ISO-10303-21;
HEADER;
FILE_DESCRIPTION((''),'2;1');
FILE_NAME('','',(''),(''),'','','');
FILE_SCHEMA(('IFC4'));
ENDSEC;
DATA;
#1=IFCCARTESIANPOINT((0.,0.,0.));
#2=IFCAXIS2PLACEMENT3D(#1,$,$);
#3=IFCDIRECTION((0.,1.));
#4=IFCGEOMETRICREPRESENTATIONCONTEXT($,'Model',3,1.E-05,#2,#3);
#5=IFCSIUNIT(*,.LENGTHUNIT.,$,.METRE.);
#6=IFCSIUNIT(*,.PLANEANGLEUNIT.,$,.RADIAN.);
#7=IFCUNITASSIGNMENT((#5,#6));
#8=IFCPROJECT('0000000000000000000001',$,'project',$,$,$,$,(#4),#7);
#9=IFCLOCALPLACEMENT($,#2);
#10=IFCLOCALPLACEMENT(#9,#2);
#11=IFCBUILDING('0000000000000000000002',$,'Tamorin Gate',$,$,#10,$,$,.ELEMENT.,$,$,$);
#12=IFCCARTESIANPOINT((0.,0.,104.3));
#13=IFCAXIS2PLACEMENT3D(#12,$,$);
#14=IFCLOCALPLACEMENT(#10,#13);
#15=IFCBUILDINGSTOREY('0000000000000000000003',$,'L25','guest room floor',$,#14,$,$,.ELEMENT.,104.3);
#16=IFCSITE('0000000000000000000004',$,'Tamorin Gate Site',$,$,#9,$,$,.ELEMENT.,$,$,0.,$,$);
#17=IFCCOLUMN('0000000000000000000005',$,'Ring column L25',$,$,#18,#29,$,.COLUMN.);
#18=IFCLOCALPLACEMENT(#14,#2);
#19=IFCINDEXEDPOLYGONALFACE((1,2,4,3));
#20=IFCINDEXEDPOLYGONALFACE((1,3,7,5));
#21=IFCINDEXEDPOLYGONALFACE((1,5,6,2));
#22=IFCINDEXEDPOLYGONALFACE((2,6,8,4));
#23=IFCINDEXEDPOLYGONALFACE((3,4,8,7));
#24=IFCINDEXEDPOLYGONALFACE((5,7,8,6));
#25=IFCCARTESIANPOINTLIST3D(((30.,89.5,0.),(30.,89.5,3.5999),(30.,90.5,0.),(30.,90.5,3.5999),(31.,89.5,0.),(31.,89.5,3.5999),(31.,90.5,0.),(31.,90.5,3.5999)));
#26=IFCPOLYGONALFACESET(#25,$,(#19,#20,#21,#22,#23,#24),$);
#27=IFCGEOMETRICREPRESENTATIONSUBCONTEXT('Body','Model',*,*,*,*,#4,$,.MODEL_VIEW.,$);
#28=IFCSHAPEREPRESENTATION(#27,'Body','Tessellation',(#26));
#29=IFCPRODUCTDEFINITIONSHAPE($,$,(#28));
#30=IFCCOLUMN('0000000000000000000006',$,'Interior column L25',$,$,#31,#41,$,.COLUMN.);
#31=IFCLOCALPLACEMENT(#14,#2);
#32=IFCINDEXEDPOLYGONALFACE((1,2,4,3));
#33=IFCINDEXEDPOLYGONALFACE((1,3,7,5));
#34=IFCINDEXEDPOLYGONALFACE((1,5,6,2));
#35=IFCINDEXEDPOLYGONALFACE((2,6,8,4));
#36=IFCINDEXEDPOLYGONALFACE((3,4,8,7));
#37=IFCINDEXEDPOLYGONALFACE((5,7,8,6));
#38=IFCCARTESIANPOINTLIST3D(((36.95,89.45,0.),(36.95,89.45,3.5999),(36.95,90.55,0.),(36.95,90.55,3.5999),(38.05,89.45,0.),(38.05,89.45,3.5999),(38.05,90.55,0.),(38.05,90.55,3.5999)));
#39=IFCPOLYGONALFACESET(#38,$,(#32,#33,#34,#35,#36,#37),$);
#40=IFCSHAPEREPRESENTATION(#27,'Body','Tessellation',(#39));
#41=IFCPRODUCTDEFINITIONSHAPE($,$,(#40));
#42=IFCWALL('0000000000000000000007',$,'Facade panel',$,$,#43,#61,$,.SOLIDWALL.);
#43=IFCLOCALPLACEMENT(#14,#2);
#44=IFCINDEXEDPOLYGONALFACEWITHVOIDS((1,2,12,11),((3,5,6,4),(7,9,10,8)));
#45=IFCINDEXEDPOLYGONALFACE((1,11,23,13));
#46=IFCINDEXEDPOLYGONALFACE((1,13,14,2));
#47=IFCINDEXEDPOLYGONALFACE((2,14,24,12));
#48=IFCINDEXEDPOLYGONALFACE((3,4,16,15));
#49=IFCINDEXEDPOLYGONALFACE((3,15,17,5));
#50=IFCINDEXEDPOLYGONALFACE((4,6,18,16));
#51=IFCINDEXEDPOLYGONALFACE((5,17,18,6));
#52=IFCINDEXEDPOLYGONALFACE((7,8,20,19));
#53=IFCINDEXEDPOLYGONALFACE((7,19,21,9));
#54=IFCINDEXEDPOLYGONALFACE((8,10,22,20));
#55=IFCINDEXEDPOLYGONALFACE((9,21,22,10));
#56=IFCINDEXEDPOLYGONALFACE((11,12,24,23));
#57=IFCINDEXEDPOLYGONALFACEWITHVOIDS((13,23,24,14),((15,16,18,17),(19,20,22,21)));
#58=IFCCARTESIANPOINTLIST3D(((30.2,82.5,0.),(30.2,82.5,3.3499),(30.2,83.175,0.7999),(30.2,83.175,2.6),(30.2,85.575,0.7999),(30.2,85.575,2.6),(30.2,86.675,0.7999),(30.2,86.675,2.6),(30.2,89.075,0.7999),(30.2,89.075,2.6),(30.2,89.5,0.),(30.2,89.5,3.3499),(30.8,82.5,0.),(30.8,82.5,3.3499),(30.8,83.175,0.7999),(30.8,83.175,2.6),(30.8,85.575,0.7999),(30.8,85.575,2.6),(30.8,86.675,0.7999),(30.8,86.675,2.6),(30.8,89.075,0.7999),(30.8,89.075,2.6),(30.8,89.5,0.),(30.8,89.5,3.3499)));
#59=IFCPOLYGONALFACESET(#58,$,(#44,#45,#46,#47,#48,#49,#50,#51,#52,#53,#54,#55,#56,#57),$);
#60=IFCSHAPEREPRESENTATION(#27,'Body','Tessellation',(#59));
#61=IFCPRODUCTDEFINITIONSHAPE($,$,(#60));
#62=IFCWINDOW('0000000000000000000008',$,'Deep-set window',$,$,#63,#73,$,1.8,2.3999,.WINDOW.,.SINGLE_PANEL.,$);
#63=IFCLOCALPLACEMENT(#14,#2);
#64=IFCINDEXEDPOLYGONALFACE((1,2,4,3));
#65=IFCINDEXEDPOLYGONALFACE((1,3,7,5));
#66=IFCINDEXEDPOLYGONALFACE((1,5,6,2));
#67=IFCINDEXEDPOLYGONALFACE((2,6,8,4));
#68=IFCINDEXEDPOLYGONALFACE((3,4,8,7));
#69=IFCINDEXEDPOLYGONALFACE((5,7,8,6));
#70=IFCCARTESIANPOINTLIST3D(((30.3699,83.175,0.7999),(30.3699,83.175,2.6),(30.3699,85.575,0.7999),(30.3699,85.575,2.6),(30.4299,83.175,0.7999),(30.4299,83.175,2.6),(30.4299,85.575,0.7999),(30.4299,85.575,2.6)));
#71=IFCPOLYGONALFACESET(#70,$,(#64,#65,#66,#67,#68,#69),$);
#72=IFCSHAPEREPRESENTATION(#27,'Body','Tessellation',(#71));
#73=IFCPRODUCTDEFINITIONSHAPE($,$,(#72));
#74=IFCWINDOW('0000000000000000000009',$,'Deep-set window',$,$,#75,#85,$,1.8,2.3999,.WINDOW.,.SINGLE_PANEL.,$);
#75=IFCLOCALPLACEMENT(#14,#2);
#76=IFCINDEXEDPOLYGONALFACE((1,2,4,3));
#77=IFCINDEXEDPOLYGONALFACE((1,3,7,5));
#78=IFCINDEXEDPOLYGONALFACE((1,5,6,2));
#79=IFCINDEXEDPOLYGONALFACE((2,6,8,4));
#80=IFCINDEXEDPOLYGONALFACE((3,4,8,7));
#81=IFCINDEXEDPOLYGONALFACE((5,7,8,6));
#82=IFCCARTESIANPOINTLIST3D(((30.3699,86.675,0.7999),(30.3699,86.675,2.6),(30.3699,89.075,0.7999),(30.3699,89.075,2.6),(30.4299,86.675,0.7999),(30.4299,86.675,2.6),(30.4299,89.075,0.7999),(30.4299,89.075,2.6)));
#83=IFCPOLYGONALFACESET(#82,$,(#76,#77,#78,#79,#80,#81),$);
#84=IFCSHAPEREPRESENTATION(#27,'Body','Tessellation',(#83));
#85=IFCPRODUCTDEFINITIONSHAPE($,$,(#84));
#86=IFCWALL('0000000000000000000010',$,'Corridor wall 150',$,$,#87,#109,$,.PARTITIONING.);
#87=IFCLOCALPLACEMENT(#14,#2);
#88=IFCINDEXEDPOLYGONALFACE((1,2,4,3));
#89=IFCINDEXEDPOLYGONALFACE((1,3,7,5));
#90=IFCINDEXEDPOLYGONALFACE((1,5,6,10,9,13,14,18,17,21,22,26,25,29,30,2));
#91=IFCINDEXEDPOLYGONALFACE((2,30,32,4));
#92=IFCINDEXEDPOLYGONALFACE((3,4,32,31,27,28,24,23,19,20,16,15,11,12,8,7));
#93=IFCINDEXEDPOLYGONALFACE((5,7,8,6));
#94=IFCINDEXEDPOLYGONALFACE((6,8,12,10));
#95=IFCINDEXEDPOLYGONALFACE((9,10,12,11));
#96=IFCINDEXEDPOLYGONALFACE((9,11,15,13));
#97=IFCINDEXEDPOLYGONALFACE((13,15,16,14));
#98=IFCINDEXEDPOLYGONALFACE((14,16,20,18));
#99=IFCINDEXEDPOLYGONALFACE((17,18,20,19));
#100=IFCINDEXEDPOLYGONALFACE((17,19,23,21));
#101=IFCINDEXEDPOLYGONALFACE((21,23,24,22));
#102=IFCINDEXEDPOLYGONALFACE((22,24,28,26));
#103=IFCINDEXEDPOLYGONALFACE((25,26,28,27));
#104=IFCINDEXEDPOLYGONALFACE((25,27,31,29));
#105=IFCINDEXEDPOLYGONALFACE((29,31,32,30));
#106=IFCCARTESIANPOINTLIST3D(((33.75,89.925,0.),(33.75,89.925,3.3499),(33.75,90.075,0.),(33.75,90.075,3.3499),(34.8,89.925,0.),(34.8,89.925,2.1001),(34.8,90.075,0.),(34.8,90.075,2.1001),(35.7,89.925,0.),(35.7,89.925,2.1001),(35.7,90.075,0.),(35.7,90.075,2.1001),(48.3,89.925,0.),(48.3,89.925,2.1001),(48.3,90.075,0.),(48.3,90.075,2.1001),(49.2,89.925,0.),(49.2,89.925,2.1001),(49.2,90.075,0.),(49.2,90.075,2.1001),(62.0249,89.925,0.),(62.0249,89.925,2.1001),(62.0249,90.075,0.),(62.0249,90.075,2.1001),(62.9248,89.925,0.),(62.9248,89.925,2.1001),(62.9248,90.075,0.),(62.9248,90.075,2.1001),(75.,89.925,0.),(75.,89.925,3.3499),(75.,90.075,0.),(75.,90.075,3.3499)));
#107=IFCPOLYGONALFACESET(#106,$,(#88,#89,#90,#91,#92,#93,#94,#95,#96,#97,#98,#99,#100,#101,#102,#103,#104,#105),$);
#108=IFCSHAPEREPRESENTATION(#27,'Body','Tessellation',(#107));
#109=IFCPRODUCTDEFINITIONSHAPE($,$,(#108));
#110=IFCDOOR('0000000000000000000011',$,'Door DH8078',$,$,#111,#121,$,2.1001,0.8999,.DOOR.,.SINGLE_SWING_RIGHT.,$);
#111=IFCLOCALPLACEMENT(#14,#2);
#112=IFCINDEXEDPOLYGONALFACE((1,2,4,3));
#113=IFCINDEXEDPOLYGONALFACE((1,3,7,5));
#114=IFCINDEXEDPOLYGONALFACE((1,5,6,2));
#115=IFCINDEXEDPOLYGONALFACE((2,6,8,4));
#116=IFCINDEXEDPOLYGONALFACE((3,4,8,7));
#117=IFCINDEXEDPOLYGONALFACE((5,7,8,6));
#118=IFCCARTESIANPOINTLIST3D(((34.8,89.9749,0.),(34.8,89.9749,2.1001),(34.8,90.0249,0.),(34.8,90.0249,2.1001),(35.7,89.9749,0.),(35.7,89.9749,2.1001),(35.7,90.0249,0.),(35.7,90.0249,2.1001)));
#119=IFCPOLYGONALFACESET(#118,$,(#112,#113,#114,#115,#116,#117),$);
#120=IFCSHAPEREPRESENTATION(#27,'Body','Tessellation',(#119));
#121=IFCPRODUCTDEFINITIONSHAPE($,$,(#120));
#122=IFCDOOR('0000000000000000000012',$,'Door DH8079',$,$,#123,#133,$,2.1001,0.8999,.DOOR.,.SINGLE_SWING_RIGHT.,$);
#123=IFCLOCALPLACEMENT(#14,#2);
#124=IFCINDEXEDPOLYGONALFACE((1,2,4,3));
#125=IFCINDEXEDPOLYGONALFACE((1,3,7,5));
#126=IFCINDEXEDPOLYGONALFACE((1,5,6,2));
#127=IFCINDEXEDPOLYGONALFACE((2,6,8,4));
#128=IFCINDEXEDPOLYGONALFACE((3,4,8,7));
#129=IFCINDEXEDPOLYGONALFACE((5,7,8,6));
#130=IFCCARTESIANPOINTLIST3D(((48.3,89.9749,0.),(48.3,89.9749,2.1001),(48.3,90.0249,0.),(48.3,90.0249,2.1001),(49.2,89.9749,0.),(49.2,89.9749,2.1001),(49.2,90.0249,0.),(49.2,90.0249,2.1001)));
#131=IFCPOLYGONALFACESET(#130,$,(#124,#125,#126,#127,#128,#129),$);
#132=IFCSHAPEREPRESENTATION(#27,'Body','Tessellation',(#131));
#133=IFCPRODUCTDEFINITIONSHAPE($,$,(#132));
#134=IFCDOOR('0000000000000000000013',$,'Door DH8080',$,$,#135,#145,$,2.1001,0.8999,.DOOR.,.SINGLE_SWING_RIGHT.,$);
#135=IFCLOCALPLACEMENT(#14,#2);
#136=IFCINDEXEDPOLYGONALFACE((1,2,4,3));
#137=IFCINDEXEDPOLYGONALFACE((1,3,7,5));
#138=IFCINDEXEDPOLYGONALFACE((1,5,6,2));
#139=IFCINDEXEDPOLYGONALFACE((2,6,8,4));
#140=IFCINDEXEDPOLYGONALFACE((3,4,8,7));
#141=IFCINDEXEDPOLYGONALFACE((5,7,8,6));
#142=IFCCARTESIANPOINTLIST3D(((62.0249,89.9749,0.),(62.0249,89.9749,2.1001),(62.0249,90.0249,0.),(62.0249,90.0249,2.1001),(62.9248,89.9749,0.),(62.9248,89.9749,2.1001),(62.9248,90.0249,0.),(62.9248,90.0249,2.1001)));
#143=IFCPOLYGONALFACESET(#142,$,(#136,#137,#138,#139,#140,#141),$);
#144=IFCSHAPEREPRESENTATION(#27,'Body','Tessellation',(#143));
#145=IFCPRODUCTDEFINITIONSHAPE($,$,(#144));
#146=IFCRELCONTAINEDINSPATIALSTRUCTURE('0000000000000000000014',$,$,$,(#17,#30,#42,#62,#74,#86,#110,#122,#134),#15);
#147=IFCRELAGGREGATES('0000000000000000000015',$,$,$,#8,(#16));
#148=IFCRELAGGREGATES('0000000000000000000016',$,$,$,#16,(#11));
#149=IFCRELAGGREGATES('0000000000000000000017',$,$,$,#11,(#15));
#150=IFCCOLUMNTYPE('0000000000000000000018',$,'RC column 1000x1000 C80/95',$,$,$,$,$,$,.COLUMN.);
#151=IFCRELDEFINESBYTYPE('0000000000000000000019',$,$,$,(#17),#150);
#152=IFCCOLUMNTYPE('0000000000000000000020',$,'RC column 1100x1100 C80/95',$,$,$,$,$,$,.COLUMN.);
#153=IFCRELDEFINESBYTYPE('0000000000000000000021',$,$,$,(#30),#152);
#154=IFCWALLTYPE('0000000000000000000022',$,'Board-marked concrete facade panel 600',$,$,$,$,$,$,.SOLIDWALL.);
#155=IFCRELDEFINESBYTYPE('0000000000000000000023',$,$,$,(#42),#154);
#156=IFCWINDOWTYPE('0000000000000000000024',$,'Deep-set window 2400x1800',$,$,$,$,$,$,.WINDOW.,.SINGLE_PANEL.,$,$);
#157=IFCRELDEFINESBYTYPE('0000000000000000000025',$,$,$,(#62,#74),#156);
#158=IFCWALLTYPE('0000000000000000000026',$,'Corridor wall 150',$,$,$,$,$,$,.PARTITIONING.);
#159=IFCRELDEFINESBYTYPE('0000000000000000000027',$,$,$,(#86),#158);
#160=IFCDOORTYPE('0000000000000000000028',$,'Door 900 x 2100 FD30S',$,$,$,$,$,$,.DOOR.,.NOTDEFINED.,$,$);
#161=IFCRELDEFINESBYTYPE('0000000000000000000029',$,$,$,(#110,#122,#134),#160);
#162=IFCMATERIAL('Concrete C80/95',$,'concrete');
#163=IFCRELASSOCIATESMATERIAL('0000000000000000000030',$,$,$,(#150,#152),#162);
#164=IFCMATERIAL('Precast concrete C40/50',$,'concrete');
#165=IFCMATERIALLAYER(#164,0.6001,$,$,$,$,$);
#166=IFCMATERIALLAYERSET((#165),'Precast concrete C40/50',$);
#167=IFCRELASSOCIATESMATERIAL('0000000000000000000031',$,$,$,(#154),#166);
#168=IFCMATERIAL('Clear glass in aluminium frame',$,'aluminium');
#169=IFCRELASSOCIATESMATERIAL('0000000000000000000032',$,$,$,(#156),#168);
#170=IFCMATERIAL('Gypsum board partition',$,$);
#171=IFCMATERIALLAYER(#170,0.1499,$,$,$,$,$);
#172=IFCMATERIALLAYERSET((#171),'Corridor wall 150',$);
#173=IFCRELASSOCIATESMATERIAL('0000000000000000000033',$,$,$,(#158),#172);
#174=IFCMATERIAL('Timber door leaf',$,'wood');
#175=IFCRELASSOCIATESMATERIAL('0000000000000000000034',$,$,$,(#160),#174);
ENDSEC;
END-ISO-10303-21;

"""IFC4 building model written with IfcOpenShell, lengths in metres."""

from ifc_helpers import new_model, si_unit, direction, frame, frame_2d, origin, origin_2d, place, context, subcontext, project, spatial, rectangle, extrude, material, layer, layer_set, material_profile, profile_set, type_object, element, fill, save


model = new_model("IFC4")

# Units and contexts
model_context = context("Model", 3, precision=1e-05, world=origin(), true_north=direction((0.0, 1.0)))
body_context = subcontext(model_context, "Body", "Model", "MODEL_VIEW")
ifc_project = project(units=[si_unit("LENGTHUNIT", "METRE"), si_unit("PLANEANGLEUNIT", "RADIAN")], contexts=[model_context])

# Site, building, storey
site_placement = place(None, origin())
site = spatial("IfcSite", under=ifc_project, at=site_placement, Name="Tamorin Gate Site", CompositionType="ELEMENT", RefElevation=0.0)
building_placement = place(site_placement, origin())
building = spatial("IfcBuilding", under=site, at=building_placement, Name="Tamorin Gate", CompositionType="ELEMENT")
storey_placement = place(building_placement, frame((0.0, 0.0, 104.3)))
storey = spatial("IfcBuildingStorey", under=building, at=storey_placement, Name="L25", Description="guest room floor", CompositionType="ELEMENT", Elevation=104.3)

# Columns
ifc_material_1 = material(Name="Concrete C80/95", Category="concrete")
ifc_material_profile_1 = material_profile(ifc_material_1, rectangle(XDim=1.0, YDim=1.0, at=origin_2d()), Name="RC 1000x1000")
ifc_profile_set_1 = profile_set([ifc_material_profile_1], Name="Concrete C80/95")
column_type_1 = type_object("IfcColumnType", Name="RC column 1000x1000 C80/95", PredefinedType="COLUMN", material=ifc_profile_set_1)
column_1_placement = place(storey_placement, frame((30.5, 90.0, 0.0), z_axis=(0.0, 0.0, 1.0), x_axis=(1.0, 0.0, 0.0)))
element("IfcColumn", 1, at=column_1_placement, inside=storey, type_object=column_type_1, Name="Ring column L25", PredefinedType="COLUMN", context=body_context, shape_type="SweptSolid", body=[
    extrude(rectangle(XDim=1.0, YDim=1.0, at=origin_2d()), origin(), (0.0, 0.0, 1.0), 3.5999),
])
ifc_material_profile_2 = material_profile(ifc_material_1, rectangle(XDim=1.1001, YDim=1.1001, at=origin_2d()), Name="RC 1100x1100")
ifc_profile_set_2 = profile_set([ifc_material_profile_2], Name="Concrete C80/95")
column_type_2 = type_object("IfcColumnType", Name="RC column 1100x1100 C80/95", PredefinedType="COLUMN", material=ifc_profile_set_2)
column_2_placement = place(storey_placement, frame((37.5, 90.0, 0.0), z_axis=(0.0, 0.0, 1.0), x_axis=(1.0, 0.0, 0.0)))
element("IfcColumn", 2, at=column_2_placement, inside=storey, type_object=column_type_2, Name="Interior column L25", PredefinedType="COLUMN", context=body_context, shape_type="SweptSolid", body=[
    extrude(rectangle(XDim=1.1001, YDim=1.1001, at=origin_2d()), origin(), (0.0, 0.0, 1.0), 3.5999),
])

# Wall, openings, windows
ifc_material_2 = material(Name="Precast concrete C40/50", Category="concrete")
ifc_layer_1 = layer(ifc_material_2, 0.6001)
ifc_layer_set_1 = layer_set([ifc_layer_1], Name="Precast concrete C40/50")
wall_type_1 = type_object("IfcWallType", Name="Board-marked concrete facade panel 600", PredefinedType="SOLIDWALL", material=ifc_layer_set_1)
wall_1_placement = place(storey_placement, frame((30.5, 89.5, 0.0), z_axis=(0.0, 0.0, 1.0), x_axis=(0.0, -1.0, 0.0)))
wall_1 = element("IfcWall", 3, at=wall_1_placement, inside=storey, type_object=wall_type_1, Name="Facade panel", PredefinedType="SOLIDWALL", context=body_context, shape_type="SweptSolid", body=[
    extrude(rectangle(XDim=7.0, YDim=0.6001, at=frame_2d((3.5, 0.0))), origin(), (0.0, 0.0, 1.0), 3.3499),
])
opening_1_placement = place(wall_1_placement, frame((3.925, 0.0, 0.8)))
opening_1 = element("IfcOpeningElement", 4, at=opening_1_placement, cuts=wall_1, PredefinedType="OPENING", context=body_context, shape_type="SweptSolid", body=[
    extrude(rectangle(XDim=2.3999, YDim=1.8, at=frame_2d((1.2, 0.8999))), frame((0.0, 0.3101, 0.0), z_axis=(0.0, -1.0, 0.0), x_axis=(1.0, 0.0, 0.0)), (0.0, 0.0, 1.0), 0.6201),
])
opening_2_placement = place(wall_1_placement, frame((0.425, 0.0, 0.8)))
opening_2 = element("IfcOpeningElement", 5, at=opening_2_placement, cuts=wall_1, PredefinedType="OPENING", context=body_context, shape_type="SweptSolid", body=[
    extrude(rectangle(XDim=2.3999, YDim=1.8, at=frame_2d((1.2, 0.8999))), frame((0.0, 0.3101, 0.0), z_axis=(0.0, -1.0, 0.0), x_axis=(1.0, 0.0, 0.0)), (0.0, 0.0, 1.0), 0.6201),
])
ifc_material_3 = material(Name="Clear glass in aluminium frame", Category="aluminium")
window_type = type_object("IfcWindowType", Name="Deep-set window 2400x1800", PartitioningType="SINGLE_PANEL", PredefinedType="WINDOW", material=ifc_material_3)
window_1_placement = place(opening_1_placement, origin())
window_1 = element("IfcWindow", 6, at=window_1_placement, inside=storey, type_object=window_type, Name="Deep-set window", OverallHeight=1.8, OverallWidth=2.3999, PartitioningType="SINGLE_PANEL", PredefinedType="WINDOW", context=body_context, shape_type="SweptSolid", body=[
    extrude(rectangle(XDim=2.3999, YDim=1.8, at=frame_2d((1.2, 0.8999))), frame((0.0, -0.0701, 0.0), z_axis=(0.0, -1.0, 0.0), x_axis=(1.0, 0.0, 0.0)), (0.0, 0.0, 1.0), 0.0601),
])
fill(opening_1, window_1)
window_2_placement = place(opening_2_placement, origin())
window_2 = element("IfcWindow", 7, at=window_2_placement, inside=storey, type_object=window_type, Name="Deep-set window", OverallHeight=1.8, OverallWidth=2.3999, PartitioningType="SINGLE_PANEL", PredefinedType="WINDOW", context=body_context, shape_type="SweptSolid", body=[
    extrude(rectangle(XDim=2.3999, YDim=1.8, at=frame_2d((1.2, 0.8999))), frame((0.0, -0.0701, 0.0), z_axis=(0.0, -1.0, 0.0), x_axis=(1.0, 0.0, 0.0)), (0.0, 0.0, 1.0), 0.0601),
])
fill(opening_2, window_2)

# Wall, openings, doors
ifc_material_4 = material(Name="Gypsum board partition")
ifc_layer_2 = layer(ifc_material_4, 0.1499)
ifc_layer_set_2 = layer_set([ifc_layer_2], Name="Corridor wall 150")
wall_type_2 = type_object("IfcWallType", Name="Corridor wall 150", PredefinedType="PARTITIONING", material=ifc_layer_set_2)
wall_2_placement = place(storey_placement, frame((33.75, 90.0, 0.0), z_axis=(0.0, 0.0, 1.0), x_axis=(1.0, 0.0, 0.0)))
wall_2 = element("IfcWall", 8, at=wall_2_placement, inside=storey, type_object=wall_type_2, Name="Corridor wall 150", PredefinedType="PARTITIONING", context=body_context, shape_type="SweptSolid", body=[
    extrude(rectangle(XDim=41.25, YDim=0.1499, at=frame_2d((20.625, 0.0))), origin(), (0.0, 0.0, 1.0), 3.3499),
])
opening_3_placement = place(wall_2_placement, frame((1.05, 0.0, 0.0)))
opening_3 = element("IfcOpeningElement", 9, at=opening_3_placement, cuts=wall_2, PredefinedType="OPENING", context=body_context, shape_type="SweptSolid", body=[
    extrude(rectangle(XDim=0.8999, YDim=2.1001, at=frame_2d((0.45, 1.05))), frame((0.0, 0.085, 0.0), z_axis=(0.0, -1.0, 0.0), x_axis=(1.0, 0.0, 0.0)), (0.0, 0.0, 1.0), 0.1699),
])
opening_4_placement = place(wall_2_placement, frame((14.55, 0.0, 0.0)))
opening_4 = element("IfcOpeningElement", 10, at=opening_4_placement, cuts=wall_2, PredefinedType="OPENING", context=body_context, shape_type="SweptSolid", body=[
    extrude(rectangle(XDim=0.8999, YDim=2.1001, at=frame_2d((0.45, 1.05))), frame((0.0, 0.085, 0.0), z_axis=(0.0, -1.0, 0.0), x_axis=(1.0, 0.0, 0.0)), (0.0, 0.0, 1.0), 0.1699),
])
opening_5_placement = place(wall_2_placement, frame((28.2749, 0.0, 0.0)))
opening_5 = element("IfcOpeningElement", 11, at=opening_5_placement, cuts=wall_2, PredefinedType="OPENING", context=body_context, shape_type="SweptSolid", body=[
    extrude(rectangle(XDim=0.8999, YDim=2.1001, at=frame_2d((0.45, 1.05))), frame((0.0, 0.085, 0.0), z_axis=(0.0, -1.0, 0.0), x_axis=(1.0, 0.0, 0.0)), (0.0, 0.0, 1.0), 0.1699),
])
ifc_material_5 = material(Name="Timber door leaf", Category="wood")
door_type_1 = type_object("IfcDoorType", Name="Door 900 x 2100 FD30S", OperationType="NOTDEFINED", PredefinedType="DOOR", material=ifc_material_5)
door_1_placement = place(opening_3_placement, origin())
door_1 = element("IfcDoor", 12, at=door_1_placement, inside=storey, type_object=door_type_1, Name="Door DH8078", OperationType="SINGLE_SWING_RIGHT", OverallHeight=2.1001, OverallWidth=0.8999, PredefinedType="DOOR", context=body_context, shape_type="SweptSolid", body=[
    extrude(rectangle(XDim=0.8999, YDim=2.1001, at=frame_2d((0.45, 1.05))), frame((0.0, 0.0249, 0.0), z_axis=(0.0, -1.0, 0.0), x_axis=(1.0, 0.0, 0.0)), (0.0, 0.0, 1.0), 0.05),
])
fill(opening_3, door_1)
door_2_placement = place(opening_4_placement, origin())
door_2 = element("IfcDoor", 13, at=door_2_placement, inside=storey, type_object=door_type_1, Name="Door DH8079", OperationType="SINGLE_SWING_RIGHT", OverallHeight=2.1001, OverallWidth=0.8999, PredefinedType="DOOR", context=body_context, shape_type="SweptSolid", body=[
    extrude(rectangle(XDim=0.8999, YDim=2.1001, at=frame_2d((0.45, 1.05))), frame((0.0, 0.0249, 0.0), z_axis=(0.0, -1.0, 0.0), x_axis=(1.0, 0.0, 0.0)), (0.0, 0.0, 1.0), 0.05),
])
fill(opening_4, door_2)
door_3_placement = place(opening_5_placement, origin())
door_3 = element("IfcDoor", 14, at=door_3_placement, inside=storey, type_object=door_type_1, Name="Door DH8080", OperationType="SINGLE_SWING_RIGHT", OverallHeight=2.1001, OverallWidth=0.8999, PredefinedType="DOOR", context=body_context, shape_type="SweptSolid", body=[
    extrude(rectangle(XDim=0.8999, YDim=2.1001, at=frame_2d((0.45, 1.05))), frame((0.0, 0.0249, 0.0), z_axis=(0.0, -1.0, 0.0), x_axis=(1.0, 0.0, 0.0)), (0.0, 0.0, 1.0), 0.05),
])
fill(opening_5, door_3)

save(model, "model.ifc")
